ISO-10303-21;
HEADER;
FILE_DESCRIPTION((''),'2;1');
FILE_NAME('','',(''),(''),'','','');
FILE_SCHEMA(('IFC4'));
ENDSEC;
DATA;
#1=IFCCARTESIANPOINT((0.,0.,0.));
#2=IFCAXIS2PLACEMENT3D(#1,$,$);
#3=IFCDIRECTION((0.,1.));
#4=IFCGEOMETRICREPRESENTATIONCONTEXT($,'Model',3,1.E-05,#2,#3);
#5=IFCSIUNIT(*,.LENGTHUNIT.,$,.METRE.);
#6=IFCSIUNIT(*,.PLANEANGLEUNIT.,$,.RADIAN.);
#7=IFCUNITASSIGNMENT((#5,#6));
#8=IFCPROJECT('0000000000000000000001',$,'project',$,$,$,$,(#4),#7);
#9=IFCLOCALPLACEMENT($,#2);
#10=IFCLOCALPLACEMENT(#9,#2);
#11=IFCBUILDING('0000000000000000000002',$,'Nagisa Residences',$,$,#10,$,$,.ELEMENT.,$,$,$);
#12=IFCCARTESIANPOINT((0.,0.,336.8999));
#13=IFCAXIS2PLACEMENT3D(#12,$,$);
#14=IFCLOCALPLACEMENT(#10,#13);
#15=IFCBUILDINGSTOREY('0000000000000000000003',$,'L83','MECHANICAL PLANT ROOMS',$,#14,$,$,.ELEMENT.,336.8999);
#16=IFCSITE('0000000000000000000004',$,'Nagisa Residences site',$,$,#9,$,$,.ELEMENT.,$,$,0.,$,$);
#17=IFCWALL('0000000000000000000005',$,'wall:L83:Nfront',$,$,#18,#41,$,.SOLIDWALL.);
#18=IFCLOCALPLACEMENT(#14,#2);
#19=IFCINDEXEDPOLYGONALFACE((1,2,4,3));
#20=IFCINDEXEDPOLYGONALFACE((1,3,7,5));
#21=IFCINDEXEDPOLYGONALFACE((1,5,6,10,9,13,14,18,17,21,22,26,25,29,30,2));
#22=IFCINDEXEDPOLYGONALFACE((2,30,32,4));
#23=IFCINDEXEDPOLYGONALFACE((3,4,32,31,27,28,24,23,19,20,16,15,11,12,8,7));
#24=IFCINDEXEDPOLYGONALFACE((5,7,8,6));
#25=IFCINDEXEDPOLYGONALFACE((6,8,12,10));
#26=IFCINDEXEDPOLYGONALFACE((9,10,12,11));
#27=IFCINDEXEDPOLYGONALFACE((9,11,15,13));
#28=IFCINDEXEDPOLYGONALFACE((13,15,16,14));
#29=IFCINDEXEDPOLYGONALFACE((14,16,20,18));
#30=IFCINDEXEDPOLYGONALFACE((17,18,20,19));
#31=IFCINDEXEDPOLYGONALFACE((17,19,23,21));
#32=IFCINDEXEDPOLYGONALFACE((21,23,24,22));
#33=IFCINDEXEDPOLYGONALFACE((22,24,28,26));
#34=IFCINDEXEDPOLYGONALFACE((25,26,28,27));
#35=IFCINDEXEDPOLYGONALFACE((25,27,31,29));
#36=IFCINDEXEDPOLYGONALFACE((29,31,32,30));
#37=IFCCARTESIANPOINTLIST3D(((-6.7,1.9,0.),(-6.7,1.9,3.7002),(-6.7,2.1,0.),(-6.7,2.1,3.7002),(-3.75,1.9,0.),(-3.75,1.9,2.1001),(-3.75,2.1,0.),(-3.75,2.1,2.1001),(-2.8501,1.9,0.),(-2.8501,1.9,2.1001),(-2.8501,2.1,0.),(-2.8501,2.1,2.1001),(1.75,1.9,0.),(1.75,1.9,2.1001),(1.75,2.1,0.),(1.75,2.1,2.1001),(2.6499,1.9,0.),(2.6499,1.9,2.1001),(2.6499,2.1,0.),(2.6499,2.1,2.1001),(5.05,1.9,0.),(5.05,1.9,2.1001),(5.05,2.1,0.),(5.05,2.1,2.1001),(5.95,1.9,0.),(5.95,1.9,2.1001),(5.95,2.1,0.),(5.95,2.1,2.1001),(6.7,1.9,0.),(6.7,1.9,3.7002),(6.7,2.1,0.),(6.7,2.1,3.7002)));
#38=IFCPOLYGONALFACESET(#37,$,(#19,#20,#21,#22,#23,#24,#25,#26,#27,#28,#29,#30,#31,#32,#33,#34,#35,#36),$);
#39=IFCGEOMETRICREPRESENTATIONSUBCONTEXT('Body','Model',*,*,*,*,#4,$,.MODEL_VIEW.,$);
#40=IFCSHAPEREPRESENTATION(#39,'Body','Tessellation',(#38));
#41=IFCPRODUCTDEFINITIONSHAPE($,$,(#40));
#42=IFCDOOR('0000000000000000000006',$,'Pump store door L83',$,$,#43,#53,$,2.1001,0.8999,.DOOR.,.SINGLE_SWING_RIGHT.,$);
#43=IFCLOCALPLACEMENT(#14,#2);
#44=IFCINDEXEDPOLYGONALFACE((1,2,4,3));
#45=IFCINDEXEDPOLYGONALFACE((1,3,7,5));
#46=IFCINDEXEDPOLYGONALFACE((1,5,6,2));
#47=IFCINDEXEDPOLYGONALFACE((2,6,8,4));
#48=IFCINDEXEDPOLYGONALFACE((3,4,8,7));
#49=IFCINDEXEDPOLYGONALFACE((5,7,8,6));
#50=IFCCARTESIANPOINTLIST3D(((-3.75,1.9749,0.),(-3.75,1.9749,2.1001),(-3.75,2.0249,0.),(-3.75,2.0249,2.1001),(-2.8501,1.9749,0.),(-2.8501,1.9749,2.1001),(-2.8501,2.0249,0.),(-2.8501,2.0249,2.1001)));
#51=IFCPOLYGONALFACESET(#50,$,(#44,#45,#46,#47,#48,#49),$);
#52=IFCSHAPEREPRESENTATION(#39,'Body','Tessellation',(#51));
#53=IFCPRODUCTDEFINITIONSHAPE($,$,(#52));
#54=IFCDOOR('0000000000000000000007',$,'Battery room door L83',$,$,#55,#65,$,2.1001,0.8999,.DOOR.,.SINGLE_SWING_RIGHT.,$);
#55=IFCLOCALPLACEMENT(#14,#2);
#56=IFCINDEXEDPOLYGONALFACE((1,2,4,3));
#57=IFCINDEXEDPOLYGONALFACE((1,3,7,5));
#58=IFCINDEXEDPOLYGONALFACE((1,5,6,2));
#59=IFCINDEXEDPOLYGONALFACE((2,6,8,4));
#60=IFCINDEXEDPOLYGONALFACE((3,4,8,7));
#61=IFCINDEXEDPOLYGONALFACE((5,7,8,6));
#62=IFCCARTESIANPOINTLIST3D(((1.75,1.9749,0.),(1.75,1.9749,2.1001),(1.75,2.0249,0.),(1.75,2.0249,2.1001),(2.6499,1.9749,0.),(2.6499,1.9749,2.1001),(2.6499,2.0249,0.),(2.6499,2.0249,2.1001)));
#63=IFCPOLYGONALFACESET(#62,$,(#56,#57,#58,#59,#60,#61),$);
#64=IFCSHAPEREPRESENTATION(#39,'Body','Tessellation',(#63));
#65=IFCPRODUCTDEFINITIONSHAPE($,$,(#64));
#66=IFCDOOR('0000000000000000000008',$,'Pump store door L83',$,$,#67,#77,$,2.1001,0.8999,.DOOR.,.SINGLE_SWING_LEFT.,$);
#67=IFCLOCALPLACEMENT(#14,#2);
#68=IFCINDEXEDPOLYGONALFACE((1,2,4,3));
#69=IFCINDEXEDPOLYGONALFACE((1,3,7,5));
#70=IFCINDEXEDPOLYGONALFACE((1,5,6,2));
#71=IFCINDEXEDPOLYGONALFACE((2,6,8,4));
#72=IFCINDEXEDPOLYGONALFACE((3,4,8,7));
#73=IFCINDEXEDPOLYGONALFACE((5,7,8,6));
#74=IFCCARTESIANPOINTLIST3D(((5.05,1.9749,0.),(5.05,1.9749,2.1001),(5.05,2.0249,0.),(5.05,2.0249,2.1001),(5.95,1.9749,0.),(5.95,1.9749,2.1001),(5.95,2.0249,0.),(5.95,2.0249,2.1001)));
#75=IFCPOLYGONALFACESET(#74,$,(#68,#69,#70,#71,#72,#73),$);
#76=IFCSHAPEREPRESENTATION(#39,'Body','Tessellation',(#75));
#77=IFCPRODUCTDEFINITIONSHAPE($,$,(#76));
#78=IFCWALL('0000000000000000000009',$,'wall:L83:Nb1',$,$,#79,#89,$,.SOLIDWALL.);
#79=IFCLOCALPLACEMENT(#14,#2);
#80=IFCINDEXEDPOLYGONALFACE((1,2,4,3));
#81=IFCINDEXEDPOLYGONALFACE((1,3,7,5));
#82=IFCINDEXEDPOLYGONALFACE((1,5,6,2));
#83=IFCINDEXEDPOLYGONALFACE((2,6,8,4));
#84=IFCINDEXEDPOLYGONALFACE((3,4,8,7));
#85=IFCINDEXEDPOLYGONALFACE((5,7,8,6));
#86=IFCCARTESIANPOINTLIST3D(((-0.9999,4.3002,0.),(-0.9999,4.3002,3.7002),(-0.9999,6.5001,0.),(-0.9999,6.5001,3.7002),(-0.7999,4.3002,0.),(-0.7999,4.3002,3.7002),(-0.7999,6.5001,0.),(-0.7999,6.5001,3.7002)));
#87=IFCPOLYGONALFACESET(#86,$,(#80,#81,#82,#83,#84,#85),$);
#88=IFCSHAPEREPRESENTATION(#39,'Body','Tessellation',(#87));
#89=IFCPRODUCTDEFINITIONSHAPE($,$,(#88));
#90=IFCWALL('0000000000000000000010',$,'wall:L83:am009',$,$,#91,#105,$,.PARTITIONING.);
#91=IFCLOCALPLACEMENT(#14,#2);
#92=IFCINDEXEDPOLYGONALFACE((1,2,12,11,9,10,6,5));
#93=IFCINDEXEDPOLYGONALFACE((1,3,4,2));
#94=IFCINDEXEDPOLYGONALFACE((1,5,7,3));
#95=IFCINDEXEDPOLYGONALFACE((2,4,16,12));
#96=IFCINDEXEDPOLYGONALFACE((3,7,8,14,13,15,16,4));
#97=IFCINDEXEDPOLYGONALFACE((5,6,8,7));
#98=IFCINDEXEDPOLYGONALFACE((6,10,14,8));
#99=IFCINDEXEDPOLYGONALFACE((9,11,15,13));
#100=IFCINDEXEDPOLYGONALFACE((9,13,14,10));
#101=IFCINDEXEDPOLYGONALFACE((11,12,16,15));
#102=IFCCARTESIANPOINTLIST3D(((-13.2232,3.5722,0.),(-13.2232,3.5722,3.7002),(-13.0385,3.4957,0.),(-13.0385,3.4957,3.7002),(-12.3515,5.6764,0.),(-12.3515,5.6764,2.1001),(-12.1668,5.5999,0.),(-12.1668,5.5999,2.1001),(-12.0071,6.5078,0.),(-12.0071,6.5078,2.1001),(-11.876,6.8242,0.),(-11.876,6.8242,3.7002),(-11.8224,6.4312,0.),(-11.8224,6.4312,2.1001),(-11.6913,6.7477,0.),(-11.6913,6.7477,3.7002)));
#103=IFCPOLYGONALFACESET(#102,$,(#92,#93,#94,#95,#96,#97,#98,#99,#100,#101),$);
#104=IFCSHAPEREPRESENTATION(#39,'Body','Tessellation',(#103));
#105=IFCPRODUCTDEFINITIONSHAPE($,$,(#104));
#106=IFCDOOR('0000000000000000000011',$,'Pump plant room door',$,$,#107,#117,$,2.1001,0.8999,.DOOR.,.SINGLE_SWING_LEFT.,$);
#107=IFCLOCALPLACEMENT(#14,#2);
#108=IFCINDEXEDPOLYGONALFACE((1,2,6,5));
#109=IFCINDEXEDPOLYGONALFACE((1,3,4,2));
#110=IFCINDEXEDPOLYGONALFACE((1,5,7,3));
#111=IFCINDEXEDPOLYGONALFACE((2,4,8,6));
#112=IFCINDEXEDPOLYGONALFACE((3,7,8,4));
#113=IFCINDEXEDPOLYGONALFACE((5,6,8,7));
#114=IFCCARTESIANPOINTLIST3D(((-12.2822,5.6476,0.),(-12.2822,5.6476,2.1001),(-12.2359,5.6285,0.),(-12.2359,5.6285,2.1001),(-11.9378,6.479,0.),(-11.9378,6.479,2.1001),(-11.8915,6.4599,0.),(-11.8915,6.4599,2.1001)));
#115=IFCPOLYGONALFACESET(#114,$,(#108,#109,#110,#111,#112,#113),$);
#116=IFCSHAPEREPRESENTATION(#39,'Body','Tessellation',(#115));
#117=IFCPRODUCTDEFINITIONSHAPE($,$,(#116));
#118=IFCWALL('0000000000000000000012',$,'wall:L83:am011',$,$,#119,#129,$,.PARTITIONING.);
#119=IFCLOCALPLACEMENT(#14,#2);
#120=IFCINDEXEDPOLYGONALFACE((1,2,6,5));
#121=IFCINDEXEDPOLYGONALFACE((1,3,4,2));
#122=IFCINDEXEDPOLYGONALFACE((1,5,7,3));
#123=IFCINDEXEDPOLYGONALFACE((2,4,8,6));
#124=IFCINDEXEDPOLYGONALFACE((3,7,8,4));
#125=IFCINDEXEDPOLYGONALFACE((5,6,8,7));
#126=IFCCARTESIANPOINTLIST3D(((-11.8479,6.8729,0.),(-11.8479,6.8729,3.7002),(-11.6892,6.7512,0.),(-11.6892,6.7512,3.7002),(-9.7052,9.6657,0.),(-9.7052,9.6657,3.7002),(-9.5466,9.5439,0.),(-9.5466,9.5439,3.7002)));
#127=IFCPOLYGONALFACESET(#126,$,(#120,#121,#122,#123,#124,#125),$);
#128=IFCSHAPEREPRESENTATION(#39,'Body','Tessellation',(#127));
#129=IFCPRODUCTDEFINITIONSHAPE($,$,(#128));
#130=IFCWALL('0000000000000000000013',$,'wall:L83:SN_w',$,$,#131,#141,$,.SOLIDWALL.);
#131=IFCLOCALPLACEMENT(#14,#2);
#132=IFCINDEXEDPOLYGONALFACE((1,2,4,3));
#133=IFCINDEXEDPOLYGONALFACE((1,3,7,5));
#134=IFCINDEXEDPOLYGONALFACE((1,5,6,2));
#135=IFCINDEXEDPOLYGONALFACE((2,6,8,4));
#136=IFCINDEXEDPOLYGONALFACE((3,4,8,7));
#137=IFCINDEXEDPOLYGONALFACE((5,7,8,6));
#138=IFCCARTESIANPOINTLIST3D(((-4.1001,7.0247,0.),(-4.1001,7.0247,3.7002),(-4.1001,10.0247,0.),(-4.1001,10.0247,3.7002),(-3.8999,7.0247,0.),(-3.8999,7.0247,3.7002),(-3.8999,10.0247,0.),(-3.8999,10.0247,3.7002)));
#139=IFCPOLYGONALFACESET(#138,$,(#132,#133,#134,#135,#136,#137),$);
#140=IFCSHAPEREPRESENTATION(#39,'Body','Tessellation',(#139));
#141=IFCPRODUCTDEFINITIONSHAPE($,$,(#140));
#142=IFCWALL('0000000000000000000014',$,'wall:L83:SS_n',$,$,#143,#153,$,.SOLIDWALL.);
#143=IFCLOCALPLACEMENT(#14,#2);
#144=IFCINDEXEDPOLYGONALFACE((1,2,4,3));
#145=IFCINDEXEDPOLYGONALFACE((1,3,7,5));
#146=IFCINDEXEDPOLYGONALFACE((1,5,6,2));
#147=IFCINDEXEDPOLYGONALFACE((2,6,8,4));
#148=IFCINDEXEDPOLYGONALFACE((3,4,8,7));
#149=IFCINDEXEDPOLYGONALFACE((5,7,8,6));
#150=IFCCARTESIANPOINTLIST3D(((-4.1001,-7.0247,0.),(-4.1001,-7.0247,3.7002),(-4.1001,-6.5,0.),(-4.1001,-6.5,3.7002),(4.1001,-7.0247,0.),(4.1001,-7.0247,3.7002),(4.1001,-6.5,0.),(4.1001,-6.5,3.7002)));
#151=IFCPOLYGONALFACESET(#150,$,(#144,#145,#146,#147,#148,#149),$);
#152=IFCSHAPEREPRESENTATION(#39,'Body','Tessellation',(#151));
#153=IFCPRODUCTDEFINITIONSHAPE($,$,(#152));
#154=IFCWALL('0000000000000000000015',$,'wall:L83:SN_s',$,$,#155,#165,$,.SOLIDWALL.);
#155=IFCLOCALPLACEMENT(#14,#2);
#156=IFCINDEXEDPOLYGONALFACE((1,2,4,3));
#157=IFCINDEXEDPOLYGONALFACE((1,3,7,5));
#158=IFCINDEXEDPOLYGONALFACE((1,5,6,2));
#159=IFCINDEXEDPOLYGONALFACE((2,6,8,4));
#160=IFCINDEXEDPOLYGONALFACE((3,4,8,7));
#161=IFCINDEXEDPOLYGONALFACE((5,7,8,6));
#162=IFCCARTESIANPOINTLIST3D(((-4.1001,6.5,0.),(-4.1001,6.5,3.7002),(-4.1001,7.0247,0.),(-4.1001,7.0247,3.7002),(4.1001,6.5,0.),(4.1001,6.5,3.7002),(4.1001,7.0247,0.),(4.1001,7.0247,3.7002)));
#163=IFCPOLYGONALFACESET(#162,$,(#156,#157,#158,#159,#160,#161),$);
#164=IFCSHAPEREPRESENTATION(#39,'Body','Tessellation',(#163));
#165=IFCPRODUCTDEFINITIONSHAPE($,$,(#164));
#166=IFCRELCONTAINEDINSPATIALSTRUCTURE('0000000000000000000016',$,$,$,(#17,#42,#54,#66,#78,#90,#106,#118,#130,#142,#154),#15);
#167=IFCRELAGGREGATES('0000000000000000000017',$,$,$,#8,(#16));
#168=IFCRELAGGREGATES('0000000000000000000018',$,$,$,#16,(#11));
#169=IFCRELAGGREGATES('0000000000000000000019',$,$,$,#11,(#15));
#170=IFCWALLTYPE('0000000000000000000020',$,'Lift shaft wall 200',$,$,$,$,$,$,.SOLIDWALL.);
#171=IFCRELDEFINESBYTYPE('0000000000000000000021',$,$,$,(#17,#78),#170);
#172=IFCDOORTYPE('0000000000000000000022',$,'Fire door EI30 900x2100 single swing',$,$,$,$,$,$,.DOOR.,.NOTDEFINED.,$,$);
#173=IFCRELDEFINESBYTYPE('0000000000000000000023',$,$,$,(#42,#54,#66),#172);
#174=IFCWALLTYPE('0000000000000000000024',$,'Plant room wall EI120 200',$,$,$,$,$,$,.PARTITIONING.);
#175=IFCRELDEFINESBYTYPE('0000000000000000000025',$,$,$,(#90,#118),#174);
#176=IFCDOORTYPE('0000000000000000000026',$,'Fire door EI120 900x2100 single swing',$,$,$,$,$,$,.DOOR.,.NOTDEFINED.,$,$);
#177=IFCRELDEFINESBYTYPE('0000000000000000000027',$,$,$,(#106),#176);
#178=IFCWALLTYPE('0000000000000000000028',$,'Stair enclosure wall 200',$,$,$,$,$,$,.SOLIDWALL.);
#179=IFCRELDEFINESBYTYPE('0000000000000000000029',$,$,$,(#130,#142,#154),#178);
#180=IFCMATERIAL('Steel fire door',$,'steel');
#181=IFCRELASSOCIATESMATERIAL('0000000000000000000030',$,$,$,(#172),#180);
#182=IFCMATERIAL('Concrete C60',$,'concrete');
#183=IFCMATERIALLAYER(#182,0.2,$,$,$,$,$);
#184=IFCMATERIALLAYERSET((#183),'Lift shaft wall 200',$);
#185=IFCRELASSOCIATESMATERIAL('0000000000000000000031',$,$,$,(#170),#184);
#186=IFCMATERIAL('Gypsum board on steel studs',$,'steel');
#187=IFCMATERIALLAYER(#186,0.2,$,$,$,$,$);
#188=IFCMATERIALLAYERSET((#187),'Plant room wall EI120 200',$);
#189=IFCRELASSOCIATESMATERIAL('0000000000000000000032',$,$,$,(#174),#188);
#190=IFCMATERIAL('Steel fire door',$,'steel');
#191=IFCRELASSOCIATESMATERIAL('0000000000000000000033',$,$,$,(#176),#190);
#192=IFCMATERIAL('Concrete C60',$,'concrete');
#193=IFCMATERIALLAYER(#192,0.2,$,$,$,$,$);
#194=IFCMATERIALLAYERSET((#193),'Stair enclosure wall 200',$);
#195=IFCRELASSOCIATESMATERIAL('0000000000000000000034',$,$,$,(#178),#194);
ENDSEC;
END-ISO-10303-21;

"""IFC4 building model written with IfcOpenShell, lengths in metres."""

from ifc_helpers import new_model, si_unit, direction, frame, frame_2d, origin, place, context, subcontext, project, spatial, polyline, rectangle, outline, extrude, material, layer, layer_set, type_object, element, fill, save


model = new_model("IFC4")

# Units and contexts
model_context = context("Model", 3, precision=1e-05, world=origin(), true_north=direction((0.0, 1.0)))
body_context = subcontext(model_context, "Body", "Model", "MODEL_VIEW")
ifc_project = project(units=[si_unit("LENGTHUNIT", "METRE"), si_unit("PLANEANGLEUNIT", "RADIAN")], contexts=[model_context])

# Site, building, storey
site_placement = place(None, origin())
site = spatial("IfcSite", under=ifc_project, at=site_placement, Name="Nagisa Residences site", CompositionType="ELEMENT", RefElevation=0.0)
building_placement = place(site_placement, origin())
building = spatial("IfcBuilding", under=site, at=building_placement, Name="Nagisa Residences", CompositionType="ELEMENT")
storey_placement = place(building_placement, frame((0.0, 0.0, 336.8999)))
storey = spatial("IfcBuildingStorey", under=building, at=storey_placement, Name="L83", Description="MECHANICAL PLANT ROOMS", CompositionType="ELEMENT", Elevation=336.8999)

# Shared definitions
ifc_material_1 = material(Name="Steel fire door", Category="steel")
door_type_1 = type_object("IfcDoorType", Name="Fire door EI30 900x2100 single swing", OperationType="NOTDEFINED", PredefinedType="DOOR", material=ifc_material_1)

# Shared definitions
ifc_material_2 = material(Name="Concrete C60", Category="concrete")
ifc_layer_1 = layer(ifc_material_2, 0.2)
ifc_layer_set_1 = layer_set([ifc_layer_1], Name="Lift shaft wall 200")
wall_type_1 = type_object("IfcWallType", Name="Lift shaft wall 200", PredefinedType="SOLIDWALL", material=ifc_layer_set_1)

# Wall, openings, doors
wall_1_placement = place(storey_placement, frame((-6.7, 2.0, 0.0), z_axis=(0.0, 0.0, 1.0), x_axis=(1.0, 0.0, 0.0)))
wall_1 = element("IfcWall", 1, at=wall_1_placement, inside=storey, type_object=wall_type_1, Name="wall:L83:Nfront", PredefinedType="SOLIDWALL", context=body_context, shape_type="SweptSolid", body=[
    extrude(rectangle(XDim=13.3999, YDim=0.2, at=frame_2d((6.7, 0.0))), origin(), (0.0, 0.0, 1.0), 3.7002),
])
opening_1_placement = place(wall_1_placement, frame((2.95, 0.0, 0.0)))
opening_1 = element("IfcOpeningElement", 2, at=opening_1_placement, cuts=wall_1, PredefinedType="OPENING", context=body_context, shape_type="SweptSolid", body=[
    extrude(rectangle(XDim=0.8999, YDim=2.1001, at=frame_2d((0.45, 1.05))), frame((0.0, 0.1099, 0.0), z_axis=(0.0, -1.0, 0.0), x_axis=(1.0, 0.0, 0.0)), (0.0, 0.0, 1.0), 0.22),
])
opening_2_placement = place(wall_1_placement, frame((8.45, 0.0, 0.0)))
opening_2 = element("IfcOpeningElement", 3, at=opening_2_placement, cuts=wall_1, PredefinedType="OPENING", context=body_context, shape_type="SweptSolid", body=[
    extrude(rectangle(XDim=0.8999, YDim=2.1001, at=frame_2d((0.45, 1.05))), frame((0.0, 0.1099, 0.0), z_axis=(0.0, -1.0, 0.0), x_axis=(1.0, 0.0, 0.0)), (0.0, 0.0, 1.0), 0.22),
])
opening_3_placement = place(wall_1_placement, frame((11.75, 0.0, 0.0)))
opening_3 = element("IfcOpeningElement", 4, at=opening_3_placement, cuts=wall_1, PredefinedType="OPENING", context=body_context, shape_type="SweptSolid", body=[
    extrude(rectangle(XDim=0.8999, YDim=2.1001, at=frame_2d((0.45, 1.05))), frame((0.0, 0.1099, 0.0), z_axis=(0.0, -1.0, 0.0), x_axis=(1.0, 0.0, 0.0)), (0.0, 0.0, 1.0), 0.22),
])
door_1_placement = place(opening_1_placement, origin())
door_1 = element("IfcDoor", 5, at=door_1_placement, inside=storey, type_object=door_type_1, Name="Pump store door L83", OperationType="SINGLE_SWING_RIGHT", OverallHeight=2.1001, OverallWidth=0.8999, PredefinedType="DOOR", context=body_context, shape_type="SweptSolid", body=[
    extrude(rectangle(XDim=0.8999, YDim=2.1001, at=frame_2d((0.45, 1.05))), frame((0.0, 0.0249, 0.0), z_axis=(0.0, -1.0, 0.0), x_axis=(1.0, 0.0, 0.0)), (0.0, 0.0, 1.0), 0.05),
])
fill(opening_1, door_1)
door_2_placement = place(opening_2_placement, origin())
door_2 = element("IfcDoor", 6, at=door_2_placement, inside=storey, type_object=door_type_1, Name="Battery room door L83", OperationType="SINGLE_SWING_RIGHT", OverallHeight=2.1001, OverallWidth=0.8999, PredefinedType="DOOR", context=body_context, shape_type="SweptSolid", body=[
    extrude(rectangle(XDim=0.8999, YDim=2.1001, at=frame_2d((0.45, 1.05))), frame((0.0, 0.0249, 0.0), z_axis=(0.0, -1.0, 0.0), x_axis=(1.0, 0.0, 0.0)), (0.0, 0.0, 1.0), 0.05),
])
fill(opening_2, door_2)
door_3_placement = place(opening_3_placement, origin())
door_3 = element("IfcDoor", 7, at=door_3_placement, inside=storey, type_object=door_type_1, Name="Pump store door L83", OperationType="SINGLE_SWING_LEFT", OverallHeight=2.1001, OverallWidth=0.8999, PredefinedType="DOOR", context=body_context, shape_type="SweptSolid", body=[
    extrude(rectangle(XDim=0.8999, YDim=2.1001, at=frame_2d((0.45, 1.05))), frame((0.0, 0.0249, 0.0), z_axis=(0.0, -1.0, 0.0), x_axis=(1.0, 0.0, 0.0)), (0.0, 0.0, 1.0), 0.05),
])
fill(opening_3, door_3)

# Wall
wall_2_placement = place(storey_placement, frame((-0.8999, 4.3, 0.0), z_axis=(0.0, 0.0, 1.0), x_axis=(0.0, 1.0, 0.0)))
element("IfcWall", 8, at=wall_2_placement, inside=storey, type_object=wall_type_1, Name="wall:L83:Nb1", PredefinedType="SOLIDWALL", context=body_context, shape_type="SweptSolid", body=[
    extrude(rectangle(XDim=2.2, YDim=0.2, at=frame_2d((1.1001, 0.0))), origin(), (0.0, 0.0, 1.0), 3.7002),
])

# Wall, opening, door
ifc_material_3 = material(Name="Gypsum board on steel studs", Category="steel")
ifc_layer_2 = layer(ifc_material_3, 0.2)
ifc_layer_set_2 = layer_set([ifc_layer_2], Name="Plant room wall EI120 200")
wall_type_2 = type_object("IfcWallType", Name="Plant room wall EI120 200", PredefinedType="PARTITIONING", material=ifc_layer_set_2)
wall_3_placement = place(storey_placement, frame((-13.1309, 3.5339, 0.0), z_axis=(0.0, 0.0, 1.0), x_axis=(0.382723, 0.923863, 0.0)))
wall_3 = element("IfcWall", 9, at=wall_3_placement, inside=storey, type_object=wall_type_2, Name="wall:L83:am009", PredefinedType="PARTITIONING", context=body_context, shape_type="SweptSolid", body=[
    extrude(rectangle(XDim=3.52, YDim=0.2, at=frame_2d((1.76, 0.0))), origin(), (0.0, 0.0, 1.0), 3.7002),
])
opening_4_placement = place(wall_3_placement, frame((2.2776, 0.0, 0.0)))
opening_4 = element("IfcOpeningElement", 10, at=opening_4_placement, cuts=wall_3, PredefinedType="OPENING", context=body_context, shape_type="SweptSolid", body=[
    extrude(rectangle(XDim=0.8999, YDim=2.1001, at=frame_2d((0.45, 1.05))), frame((0.0, 0.1099, 0.0), z_axis=(0.0, -1.0, 0.0), x_axis=(1.0, 0.0, 0.0)), (0.0, 0.0, 1.0), 0.22),
])
ifc_material_4 = material(Name="Steel fire door", Category="steel")
door_type_2 = type_object("IfcDoorType", Name="Fire door EI120 900x2100 single swing", OperationType="NOTDEFINED", PredefinedType="DOOR", material=ifc_material_4)
door_4_placement = place(opening_4_placement, origin())
door_4 = element("IfcDoor", 11, at=door_4_placement, inside=storey, type_object=door_type_2, Name="Pump plant room door", OperationType="SINGLE_SWING_LEFT", OverallHeight=2.1001, OverallWidth=0.8999, PredefinedType="DOOR", context=body_context, shape_type="SweptSolid", body=[
    extrude(rectangle(XDim=0.8999, YDim=2.1001, at=frame_2d((0.45, 1.05))), frame((0.0, 0.0249, 0.0), z_axis=(0.0, -1.0, 0.0), x_axis=(1.0, 0.0, 0.0)), (0.0, 0.0, 1.0), 0.05),
])
fill(opening_4, door_4)

# Walls
wall_4_placement = place(storey_placement, frame((-11.7686, 6.812, 0.0), z_axis=(0.0, 0.0, 1.0), x_axis=(0.608698, 0.793402, 0.0)))
element("IfcWall", 12, at=wall_4_placement, inside=storey, type_object=wall_type_2, Name="wall:L83:am011", PredefinedType="PARTITIONING", context=body_context, shape_type="SweptSolid", body=[
    extrude(rectangle(XDim=3.52, YDim=0.2, at=frame_2d((1.76, 0.0))), origin(), (0.0, 0.0, 1.0), 3.7002),
])
ifc_material_5 = material(Name="Concrete C60", Category="concrete")
ifc_layer_3 = layer(ifc_material_5, 0.2)
ifc_layer_set_3 = layer_set([ifc_layer_3], Name="Stair enclosure wall 200")
wall_type_3 = type_object("IfcWallType", Name="Stair enclosure wall 200", PredefinedType="SOLIDWALL", material=ifc_layer_set_3)
wall_5_placement = place(storey_placement, origin())
element("IfcWall", 13, at=wall_5_placement, inside=storey, type_object=wall_type_3, Name="wall:L83:SN_w", PredefinedType="SOLIDWALL", context=body_context, shape_type="SweptSolid", body=[
    extrude(outline(polyline([(-3.8999, 7.0247), (-4.1001, 7.0247), (-4.1001, 10.0247), (-3.8999, 10.0247), (-3.8999, 7.0247)])), origin(), (0.0, 0.0, 1.0), 3.7002),
])
wall_6_placement = place(storey_placement, origin())
element("IfcWall", 14, at=wall_6_placement, inside=storey, type_object=wall_type_3, Name="wall:L83:SS_n", PredefinedType="SOLIDWALL", context=body_context, shape_type="SweptSolid", body=[
    extrude(outline(polyline([(4.1001, -7.0247), (-4.1001, -7.0247), (-4.1001, -6.5), (4.1001, -6.5), (4.1001, -7.0247)])), origin(), (0.0, 0.0, 1.0), 3.7002),
])
wall_7_placement = place(storey_placement, origin())
element("IfcWall", 15, at=wall_7_placement, inside=storey, type_object=wall_type_3, Name="wall:L83:SN_s", PredefinedType="SOLIDWALL", context=body_context, shape_type="SweptSolid", body=[
    extrude(outline(polyline([(4.1001, 6.5), (-4.1001, 6.5), (-4.1001, 7.0247), (4.1001, 7.0247), (4.1001, 6.5)])), origin(), (0.0, 0.0, 1.0), 3.7002),
])

save(model, "model.ifc")
